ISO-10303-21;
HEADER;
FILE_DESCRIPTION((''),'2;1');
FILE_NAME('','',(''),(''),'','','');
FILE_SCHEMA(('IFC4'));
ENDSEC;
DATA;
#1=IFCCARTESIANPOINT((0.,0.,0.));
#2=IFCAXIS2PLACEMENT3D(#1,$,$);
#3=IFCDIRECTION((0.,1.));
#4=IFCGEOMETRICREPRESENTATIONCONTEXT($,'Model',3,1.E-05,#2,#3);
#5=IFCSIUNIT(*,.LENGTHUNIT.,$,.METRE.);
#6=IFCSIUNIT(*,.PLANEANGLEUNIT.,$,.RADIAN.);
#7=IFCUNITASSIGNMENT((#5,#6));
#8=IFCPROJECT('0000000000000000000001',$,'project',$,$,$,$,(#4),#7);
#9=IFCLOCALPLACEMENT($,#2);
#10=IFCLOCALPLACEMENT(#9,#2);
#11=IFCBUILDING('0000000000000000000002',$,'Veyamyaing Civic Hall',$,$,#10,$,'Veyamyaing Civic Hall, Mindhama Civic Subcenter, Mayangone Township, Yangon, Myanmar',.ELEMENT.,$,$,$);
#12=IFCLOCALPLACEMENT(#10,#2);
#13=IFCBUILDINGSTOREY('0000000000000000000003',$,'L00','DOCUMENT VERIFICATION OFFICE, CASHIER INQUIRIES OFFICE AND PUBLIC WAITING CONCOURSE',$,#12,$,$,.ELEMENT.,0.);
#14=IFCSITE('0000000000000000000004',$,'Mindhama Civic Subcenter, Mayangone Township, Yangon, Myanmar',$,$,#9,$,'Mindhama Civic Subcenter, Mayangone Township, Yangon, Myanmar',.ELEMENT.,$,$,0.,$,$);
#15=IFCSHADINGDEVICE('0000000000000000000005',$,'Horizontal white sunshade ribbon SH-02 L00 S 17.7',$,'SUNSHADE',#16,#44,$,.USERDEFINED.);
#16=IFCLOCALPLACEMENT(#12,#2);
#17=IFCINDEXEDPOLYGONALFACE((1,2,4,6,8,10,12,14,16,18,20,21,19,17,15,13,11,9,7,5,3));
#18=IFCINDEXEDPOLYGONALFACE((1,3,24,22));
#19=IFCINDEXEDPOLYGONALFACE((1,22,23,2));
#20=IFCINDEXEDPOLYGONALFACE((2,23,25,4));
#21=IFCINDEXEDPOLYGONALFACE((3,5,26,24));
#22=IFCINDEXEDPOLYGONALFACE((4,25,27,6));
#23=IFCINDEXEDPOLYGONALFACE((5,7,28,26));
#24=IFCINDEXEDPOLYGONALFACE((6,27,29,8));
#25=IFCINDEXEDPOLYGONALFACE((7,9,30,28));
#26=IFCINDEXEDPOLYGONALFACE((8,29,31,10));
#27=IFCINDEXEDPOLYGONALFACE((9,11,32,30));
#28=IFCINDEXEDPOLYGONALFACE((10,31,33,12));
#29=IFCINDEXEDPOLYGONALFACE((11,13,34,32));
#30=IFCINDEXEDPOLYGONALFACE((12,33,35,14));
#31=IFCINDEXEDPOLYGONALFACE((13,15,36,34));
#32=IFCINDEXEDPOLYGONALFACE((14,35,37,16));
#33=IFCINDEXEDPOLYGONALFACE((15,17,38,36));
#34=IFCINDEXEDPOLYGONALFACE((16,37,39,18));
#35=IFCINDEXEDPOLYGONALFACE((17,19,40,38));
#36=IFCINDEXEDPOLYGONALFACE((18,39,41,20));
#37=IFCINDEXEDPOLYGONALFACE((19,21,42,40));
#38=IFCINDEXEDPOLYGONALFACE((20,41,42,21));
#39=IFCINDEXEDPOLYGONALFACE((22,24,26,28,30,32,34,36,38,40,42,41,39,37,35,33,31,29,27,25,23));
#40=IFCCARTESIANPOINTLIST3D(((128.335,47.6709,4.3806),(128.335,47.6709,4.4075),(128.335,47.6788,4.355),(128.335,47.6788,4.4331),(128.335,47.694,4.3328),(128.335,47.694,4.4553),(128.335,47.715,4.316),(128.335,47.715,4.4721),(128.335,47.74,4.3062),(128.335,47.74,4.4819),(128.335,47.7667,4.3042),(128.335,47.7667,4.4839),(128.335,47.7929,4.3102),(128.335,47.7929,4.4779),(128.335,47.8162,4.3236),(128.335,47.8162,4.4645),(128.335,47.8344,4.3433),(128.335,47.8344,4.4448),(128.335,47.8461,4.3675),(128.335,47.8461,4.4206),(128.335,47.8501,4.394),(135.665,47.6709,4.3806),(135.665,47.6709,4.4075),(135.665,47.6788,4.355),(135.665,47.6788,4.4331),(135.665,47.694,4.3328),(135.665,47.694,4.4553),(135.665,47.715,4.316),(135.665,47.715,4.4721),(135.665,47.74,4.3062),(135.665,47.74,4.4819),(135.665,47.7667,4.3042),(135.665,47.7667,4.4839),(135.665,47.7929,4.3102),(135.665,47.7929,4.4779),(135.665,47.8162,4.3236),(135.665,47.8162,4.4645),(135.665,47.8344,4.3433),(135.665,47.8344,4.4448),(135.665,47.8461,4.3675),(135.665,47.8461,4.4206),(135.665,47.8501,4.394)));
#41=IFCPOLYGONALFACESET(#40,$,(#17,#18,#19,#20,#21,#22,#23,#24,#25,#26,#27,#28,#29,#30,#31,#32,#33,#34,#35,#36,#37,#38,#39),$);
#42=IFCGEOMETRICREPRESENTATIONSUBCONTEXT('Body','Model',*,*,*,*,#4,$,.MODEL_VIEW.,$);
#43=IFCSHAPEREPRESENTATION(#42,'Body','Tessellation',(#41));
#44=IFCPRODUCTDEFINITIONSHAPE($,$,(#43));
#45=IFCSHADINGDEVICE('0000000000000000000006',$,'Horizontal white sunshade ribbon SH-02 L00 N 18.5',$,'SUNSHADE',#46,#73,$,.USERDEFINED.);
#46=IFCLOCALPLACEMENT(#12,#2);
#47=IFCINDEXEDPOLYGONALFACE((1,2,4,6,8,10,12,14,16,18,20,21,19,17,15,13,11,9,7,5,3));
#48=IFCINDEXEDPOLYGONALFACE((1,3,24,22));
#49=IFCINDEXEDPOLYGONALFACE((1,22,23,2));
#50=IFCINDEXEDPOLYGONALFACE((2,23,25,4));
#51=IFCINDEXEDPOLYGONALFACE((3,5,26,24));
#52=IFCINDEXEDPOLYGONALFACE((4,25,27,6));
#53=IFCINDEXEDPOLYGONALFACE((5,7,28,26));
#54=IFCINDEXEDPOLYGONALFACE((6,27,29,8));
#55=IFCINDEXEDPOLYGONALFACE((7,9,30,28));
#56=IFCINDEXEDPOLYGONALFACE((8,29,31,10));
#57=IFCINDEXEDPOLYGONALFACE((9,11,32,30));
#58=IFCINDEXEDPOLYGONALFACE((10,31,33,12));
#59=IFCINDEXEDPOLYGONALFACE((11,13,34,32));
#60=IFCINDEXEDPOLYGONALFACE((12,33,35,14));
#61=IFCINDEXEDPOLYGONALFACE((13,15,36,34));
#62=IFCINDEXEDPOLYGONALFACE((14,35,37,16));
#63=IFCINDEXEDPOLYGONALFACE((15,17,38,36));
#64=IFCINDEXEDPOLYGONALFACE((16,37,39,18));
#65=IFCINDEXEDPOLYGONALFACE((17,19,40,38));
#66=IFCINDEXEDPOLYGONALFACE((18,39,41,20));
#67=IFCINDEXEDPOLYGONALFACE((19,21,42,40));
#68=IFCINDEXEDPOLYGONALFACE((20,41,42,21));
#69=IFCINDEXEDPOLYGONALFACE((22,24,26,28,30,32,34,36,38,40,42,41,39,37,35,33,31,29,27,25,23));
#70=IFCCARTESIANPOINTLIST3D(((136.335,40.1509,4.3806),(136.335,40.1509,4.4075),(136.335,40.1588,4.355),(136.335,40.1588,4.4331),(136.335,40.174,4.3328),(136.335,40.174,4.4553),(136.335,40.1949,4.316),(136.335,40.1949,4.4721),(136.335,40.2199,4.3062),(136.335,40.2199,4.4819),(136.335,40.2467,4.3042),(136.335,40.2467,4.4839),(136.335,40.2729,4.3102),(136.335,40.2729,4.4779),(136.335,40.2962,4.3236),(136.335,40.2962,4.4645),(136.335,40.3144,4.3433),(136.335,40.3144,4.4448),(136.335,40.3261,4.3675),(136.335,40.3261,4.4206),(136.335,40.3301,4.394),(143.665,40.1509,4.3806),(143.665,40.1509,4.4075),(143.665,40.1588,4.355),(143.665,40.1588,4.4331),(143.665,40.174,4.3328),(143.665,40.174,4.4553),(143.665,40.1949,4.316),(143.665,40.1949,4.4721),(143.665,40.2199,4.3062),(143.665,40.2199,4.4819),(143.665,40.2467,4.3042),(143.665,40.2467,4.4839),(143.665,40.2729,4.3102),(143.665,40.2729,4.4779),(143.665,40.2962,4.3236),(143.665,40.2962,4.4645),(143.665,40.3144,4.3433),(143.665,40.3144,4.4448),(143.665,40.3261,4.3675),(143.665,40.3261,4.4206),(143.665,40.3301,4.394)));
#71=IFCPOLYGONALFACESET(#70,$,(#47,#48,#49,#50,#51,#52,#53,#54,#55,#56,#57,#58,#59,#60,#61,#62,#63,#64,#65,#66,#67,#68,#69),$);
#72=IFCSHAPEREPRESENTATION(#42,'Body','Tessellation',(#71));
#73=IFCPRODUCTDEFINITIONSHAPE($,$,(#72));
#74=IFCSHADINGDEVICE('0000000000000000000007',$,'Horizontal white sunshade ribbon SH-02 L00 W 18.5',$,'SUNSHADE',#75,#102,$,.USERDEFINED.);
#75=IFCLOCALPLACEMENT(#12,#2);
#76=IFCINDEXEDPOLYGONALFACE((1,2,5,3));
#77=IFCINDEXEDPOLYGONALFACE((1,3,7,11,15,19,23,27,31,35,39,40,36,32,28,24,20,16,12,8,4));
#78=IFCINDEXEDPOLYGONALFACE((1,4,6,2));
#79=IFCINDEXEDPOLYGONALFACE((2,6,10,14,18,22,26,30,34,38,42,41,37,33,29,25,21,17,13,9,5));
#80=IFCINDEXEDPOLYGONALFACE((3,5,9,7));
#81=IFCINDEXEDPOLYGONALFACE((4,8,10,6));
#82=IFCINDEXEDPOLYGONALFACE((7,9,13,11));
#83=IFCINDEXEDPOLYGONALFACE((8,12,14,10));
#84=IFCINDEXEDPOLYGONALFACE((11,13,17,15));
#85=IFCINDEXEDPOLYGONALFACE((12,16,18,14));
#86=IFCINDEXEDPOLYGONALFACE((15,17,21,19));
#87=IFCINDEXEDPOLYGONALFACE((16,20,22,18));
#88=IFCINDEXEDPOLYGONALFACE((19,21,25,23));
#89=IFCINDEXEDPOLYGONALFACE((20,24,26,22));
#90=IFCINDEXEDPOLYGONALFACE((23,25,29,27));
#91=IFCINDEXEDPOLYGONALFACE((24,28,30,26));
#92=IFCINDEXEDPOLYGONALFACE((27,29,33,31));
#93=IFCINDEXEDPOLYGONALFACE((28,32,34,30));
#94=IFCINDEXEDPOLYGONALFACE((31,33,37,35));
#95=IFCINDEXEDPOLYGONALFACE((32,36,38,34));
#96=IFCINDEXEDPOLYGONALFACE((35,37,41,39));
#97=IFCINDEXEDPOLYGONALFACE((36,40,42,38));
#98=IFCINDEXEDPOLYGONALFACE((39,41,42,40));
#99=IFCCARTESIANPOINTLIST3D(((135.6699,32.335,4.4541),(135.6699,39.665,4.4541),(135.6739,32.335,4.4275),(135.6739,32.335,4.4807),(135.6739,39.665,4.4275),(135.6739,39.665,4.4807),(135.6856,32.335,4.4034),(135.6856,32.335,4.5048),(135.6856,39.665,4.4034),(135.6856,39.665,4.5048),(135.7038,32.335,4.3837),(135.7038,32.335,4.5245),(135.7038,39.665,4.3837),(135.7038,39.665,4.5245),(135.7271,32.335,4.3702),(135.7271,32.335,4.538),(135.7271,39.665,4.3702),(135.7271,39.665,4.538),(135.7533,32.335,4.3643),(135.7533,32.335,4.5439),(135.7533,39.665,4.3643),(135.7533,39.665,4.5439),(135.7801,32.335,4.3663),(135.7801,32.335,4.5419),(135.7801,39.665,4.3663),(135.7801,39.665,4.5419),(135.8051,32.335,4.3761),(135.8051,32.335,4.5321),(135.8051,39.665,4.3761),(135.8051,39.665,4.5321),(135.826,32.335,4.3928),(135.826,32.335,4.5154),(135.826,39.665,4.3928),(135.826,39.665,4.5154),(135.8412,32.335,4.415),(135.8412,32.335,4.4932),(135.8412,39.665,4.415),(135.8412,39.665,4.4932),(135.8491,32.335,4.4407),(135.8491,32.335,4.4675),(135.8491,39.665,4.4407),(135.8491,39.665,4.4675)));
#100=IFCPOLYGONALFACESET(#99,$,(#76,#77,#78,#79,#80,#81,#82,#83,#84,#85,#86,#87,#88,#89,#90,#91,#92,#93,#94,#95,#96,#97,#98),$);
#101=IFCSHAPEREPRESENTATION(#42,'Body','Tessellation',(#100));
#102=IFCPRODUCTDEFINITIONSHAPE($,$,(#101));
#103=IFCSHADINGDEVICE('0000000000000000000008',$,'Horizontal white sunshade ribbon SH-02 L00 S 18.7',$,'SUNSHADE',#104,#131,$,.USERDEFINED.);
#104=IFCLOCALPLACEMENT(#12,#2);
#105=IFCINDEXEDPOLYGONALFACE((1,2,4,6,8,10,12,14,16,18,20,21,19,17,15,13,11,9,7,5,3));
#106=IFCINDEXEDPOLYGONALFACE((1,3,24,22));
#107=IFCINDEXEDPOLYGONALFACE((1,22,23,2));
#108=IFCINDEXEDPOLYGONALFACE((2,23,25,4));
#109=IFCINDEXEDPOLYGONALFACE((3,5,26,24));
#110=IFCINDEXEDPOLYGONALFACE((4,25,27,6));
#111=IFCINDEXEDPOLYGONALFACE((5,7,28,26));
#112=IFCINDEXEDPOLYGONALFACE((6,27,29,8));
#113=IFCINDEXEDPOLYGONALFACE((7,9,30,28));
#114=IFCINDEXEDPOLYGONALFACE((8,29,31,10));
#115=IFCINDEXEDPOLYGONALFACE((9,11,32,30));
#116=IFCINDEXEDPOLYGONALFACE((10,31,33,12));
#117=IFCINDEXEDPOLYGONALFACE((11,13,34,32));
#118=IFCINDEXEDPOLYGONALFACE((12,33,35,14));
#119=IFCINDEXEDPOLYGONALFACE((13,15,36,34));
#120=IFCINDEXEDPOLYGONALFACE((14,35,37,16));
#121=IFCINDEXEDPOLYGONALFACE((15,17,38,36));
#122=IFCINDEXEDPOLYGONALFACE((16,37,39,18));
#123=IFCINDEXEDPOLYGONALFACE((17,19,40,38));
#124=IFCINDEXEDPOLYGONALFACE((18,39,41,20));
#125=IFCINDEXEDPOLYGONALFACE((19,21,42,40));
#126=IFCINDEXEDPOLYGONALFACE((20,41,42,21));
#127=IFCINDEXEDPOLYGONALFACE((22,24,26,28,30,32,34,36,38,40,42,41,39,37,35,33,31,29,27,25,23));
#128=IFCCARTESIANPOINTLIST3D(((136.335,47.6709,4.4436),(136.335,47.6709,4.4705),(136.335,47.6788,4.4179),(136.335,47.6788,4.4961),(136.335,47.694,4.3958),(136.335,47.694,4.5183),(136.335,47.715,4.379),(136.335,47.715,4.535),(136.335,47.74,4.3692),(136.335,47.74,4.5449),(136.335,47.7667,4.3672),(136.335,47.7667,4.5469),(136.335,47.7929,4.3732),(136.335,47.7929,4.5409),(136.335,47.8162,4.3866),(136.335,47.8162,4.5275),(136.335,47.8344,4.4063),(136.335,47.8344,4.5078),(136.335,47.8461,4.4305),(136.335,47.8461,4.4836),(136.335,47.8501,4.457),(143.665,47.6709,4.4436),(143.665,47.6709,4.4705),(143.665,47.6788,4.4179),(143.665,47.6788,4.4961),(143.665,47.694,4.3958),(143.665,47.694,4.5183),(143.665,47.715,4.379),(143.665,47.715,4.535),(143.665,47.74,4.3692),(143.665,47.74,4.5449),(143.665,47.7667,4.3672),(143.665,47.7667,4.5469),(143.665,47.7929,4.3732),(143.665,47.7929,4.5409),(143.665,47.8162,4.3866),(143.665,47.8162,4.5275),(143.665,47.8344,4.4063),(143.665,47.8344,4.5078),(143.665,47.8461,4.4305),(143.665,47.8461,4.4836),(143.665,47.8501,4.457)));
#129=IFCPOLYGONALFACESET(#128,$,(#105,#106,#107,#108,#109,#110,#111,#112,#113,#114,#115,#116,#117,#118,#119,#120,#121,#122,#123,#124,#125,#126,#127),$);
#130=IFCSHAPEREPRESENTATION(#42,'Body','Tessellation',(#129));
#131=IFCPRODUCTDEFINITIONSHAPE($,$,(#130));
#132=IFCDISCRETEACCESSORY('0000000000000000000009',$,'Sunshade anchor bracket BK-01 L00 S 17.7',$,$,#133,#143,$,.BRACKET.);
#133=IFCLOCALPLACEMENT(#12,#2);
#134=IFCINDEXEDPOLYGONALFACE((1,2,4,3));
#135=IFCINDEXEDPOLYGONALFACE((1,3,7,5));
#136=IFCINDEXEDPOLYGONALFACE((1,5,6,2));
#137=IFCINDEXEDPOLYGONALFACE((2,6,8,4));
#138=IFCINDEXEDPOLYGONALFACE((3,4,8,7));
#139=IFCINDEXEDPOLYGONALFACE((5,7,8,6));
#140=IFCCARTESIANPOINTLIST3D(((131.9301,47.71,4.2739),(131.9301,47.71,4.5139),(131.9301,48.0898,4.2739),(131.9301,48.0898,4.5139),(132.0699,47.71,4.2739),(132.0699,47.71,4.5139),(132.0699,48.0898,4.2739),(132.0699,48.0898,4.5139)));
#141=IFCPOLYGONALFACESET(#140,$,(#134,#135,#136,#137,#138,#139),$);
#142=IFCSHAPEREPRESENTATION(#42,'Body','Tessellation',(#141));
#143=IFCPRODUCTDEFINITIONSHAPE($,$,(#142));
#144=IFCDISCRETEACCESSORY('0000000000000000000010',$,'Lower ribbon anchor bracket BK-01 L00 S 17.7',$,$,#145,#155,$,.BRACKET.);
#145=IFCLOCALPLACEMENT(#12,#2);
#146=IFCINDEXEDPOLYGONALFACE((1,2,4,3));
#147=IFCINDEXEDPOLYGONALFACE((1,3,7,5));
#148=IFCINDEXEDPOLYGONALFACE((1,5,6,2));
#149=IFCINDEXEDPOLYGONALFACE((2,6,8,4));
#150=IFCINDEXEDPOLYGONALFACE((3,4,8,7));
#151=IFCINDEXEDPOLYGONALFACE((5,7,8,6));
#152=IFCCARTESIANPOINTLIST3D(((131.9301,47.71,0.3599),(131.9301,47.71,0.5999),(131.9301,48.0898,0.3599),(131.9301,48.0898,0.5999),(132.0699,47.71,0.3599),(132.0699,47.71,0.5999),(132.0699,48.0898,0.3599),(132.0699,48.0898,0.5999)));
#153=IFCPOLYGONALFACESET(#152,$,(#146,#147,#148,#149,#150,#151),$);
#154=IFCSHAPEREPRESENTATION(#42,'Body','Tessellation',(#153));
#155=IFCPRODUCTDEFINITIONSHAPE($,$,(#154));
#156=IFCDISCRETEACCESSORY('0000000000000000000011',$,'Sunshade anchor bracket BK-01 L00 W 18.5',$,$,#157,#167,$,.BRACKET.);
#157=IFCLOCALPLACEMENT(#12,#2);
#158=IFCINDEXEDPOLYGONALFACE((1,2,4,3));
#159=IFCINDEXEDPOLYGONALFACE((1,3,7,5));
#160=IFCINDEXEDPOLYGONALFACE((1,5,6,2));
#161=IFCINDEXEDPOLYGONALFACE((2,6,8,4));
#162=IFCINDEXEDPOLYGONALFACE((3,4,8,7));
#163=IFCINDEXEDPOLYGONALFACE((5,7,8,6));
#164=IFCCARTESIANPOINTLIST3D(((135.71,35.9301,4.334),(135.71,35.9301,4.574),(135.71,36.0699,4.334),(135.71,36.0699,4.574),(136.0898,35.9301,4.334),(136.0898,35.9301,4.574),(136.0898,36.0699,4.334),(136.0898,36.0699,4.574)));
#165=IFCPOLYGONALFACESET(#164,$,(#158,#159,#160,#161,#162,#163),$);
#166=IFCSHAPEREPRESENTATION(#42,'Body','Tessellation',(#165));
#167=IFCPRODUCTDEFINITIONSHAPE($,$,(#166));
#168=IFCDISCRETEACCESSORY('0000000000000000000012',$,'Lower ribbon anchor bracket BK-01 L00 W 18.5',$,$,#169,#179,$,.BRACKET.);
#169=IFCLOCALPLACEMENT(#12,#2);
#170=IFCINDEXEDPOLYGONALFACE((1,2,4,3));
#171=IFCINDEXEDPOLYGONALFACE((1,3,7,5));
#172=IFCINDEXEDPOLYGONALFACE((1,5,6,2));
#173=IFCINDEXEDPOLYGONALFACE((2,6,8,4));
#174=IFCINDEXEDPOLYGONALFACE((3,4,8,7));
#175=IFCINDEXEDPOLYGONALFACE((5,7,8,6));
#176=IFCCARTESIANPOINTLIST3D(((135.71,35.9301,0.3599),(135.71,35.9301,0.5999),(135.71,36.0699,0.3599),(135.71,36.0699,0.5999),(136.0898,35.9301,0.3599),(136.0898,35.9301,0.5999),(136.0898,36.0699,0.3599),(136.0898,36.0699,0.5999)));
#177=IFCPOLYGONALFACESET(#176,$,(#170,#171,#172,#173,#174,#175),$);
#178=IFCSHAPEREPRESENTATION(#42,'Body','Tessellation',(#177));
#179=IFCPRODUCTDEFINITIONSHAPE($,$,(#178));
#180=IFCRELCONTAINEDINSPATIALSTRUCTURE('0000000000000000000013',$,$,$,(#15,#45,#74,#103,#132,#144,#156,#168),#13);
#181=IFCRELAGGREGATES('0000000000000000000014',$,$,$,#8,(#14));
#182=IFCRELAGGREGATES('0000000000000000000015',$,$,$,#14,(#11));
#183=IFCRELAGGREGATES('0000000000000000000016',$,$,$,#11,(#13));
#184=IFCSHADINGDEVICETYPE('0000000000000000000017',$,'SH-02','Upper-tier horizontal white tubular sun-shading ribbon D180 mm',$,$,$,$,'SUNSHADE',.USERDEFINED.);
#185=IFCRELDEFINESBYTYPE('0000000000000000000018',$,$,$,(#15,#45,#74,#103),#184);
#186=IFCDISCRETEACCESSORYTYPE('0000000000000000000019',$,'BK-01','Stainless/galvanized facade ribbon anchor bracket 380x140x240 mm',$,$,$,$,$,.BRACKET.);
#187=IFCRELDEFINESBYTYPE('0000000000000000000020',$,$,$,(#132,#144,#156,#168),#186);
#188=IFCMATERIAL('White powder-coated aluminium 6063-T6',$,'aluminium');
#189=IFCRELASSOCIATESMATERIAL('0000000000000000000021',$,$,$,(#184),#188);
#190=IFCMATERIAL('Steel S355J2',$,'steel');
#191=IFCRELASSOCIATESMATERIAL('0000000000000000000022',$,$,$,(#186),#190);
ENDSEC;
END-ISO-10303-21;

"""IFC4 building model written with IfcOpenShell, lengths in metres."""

from ifc_helpers import new_model, si_unit, direction, frame, origin, origin_2d, place, context, subcontext, project, spatial, rectangle, circle, extrude, material, material_profile, profile_set, type_object, element, save


model = new_model("IFC4")

# Units and contexts
model_context = context("Model", 3, precision=1e-05, world=origin(), true_north=direction((0.0, 1.0)))
body_context = subcontext(model_context, "Body", "Model", "MODEL_VIEW")
ifc_project = project(units=[si_unit("LENGTHUNIT", "METRE"), si_unit("PLANEANGLEUNIT", "RADIAN")], contexts=[model_context])

# Site, building, storey
site_placement = place(None, origin())
site = spatial("IfcSite", under=ifc_project, at=site_placement, Name="Mindhama Civic Subcenter, Mayangone Township, Yangon, Myanmar", LongName="Mindhama Civic Subcenter, Mayangone Township, Yangon, Myanmar", CompositionType="ELEMENT", RefElevation=0.0)
building_placement = place(site_placement, origin())
building = spatial("IfcBuilding", under=site, at=building_placement, Name="Veyamyaing Civic Hall", LongName="Veyamyaing Civic Hall, Mindhama Civic Subcenter, Mayangone Township, Yangon, Myanmar", CompositionType="ELEMENT")
storey_placement = place(building_placement, origin())
storey = spatial("IfcBuildingStorey", under=building, at=storey_placement, Name="L00", Description="DOCUMENT VERIFICATION OFFICE, CASHIER INQUIRIES OFFICE AND PUBLIC WAITING CONCOURSE", CompositionType="ELEMENT", Elevation=0.0)

# Shared definitions
ifc_material_1 = material(Name="White powder-coated aluminium 6063-T6", Category="aluminium")

# Shading devices
ifc_material_profile_1 = material_profile(ifc_material_1, circle(Radius=0.0901, at=origin_2d()), Name="SHADE-TUBE-180")
ifc_profile_set_1 = profile_set([ifc_material_profile_1], Name="White powder-coated aluminium 6063-T6")
shading_device_type = type_object("IfcShadingDeviceType", Name="SH-02", Description="Upper-tier horizontal white tubular sun-shading ribbon D180 mm", ElementType="SUNSHADE", PredefinedType="USERDEFINED", material=ifc_profile_set_1)
for number, where, z_axis, x_axis, name in (
    (1, (128.335, 47.76, 4.394), (1.0, 0.0, 0.0), (0.0, 1.0, 0.0), "Horizontal white sunshade ribbon SH-02 L00 S 17.7"),
    (2, (136.335, 40.24, 4.394), (1.0, 0.0, 0.0), (0.0, 1.0, 0.0), "Horizontal white sunshade ribbon SH-02 L00 N 18.5"),
    (3, (135.76, 32.335, 4.4541), (0.0, 1.0, 0.0), (-1.0, 0.0, 0.0), "Horizontal white sunshade ribbon SH-02 L00 W 18.5"),
    (4, (136.335, 47.76, 4.457), (1.0, 0.0, 0.0), (0.0, 1.0, 0.0), "Horizontal white sunshade ribbon SH-02 L00 S 18.7"),
):
    element("IfcShadingDevice", number, at=place(storey_placement, frame(where, z_axis=z_axis, x_axis=x_axis)), inside=storey, type_object=shading_device_type, Name=name, ObjectType="SUNSHADE", PredefinedType="USERDEFINED", context=body_context, shape_type="SweptSolid", body=[
        extrude(circle(Radius=0.0901, at=origin_2d()), origin(), (0.0, 0.0, 1.0), 7.3301),
    ])

# Discrete accessories
ifc_material_2 = material(Name="Steel S355J2", Category="steel")
discrete_accessory_type = type_object("IfcDiscreteAccessoryType", Name="BK-01", Description="Stainless/galvanized facade ribbon anchor bracket 380x140x240 mm", PredefinedType="BRACKET", material=ifc_material_2)
for number, where, z_axis, x_axis, name in (
    (5, (132.0, 47.8999, 4.2739), (0.0, 0.0, 1.0), (0.0, -1.0, 0.0), "Sunshade anchor bracket BK-01 L00 S 17.7"),
    (6, (132.0, 47.8999, 0.3599), (0.0, 0.0, 1.0), (0.0, -1.0, 0.0), "Lower ribbon anchor bracket BK-01 L00 S 17.7"),
    (7, (135.8999, 36.0, 4.334), (0.0, 0.0, 1.0), (-1.0, 0.0, 0.0), "Sunshade anchor bracket BK-01 L00 W 18.5"),
    (8, (135.8999, 36.0, 0.3599), (0.0, 0.0, 1.0), (-1.0, 0.0, 0.0), "Lower ribbon anchor bracket BK-01 L00 W 18.5"),
):
    element("IfcDiscreteAccessory", number, at=place(storey_placement, frame(where, z_axis=z_axis, x_axis=x_axis)), inside=storey, type_object=discrete_accessory_type, Name=name, PredefinedType="BRACKET", context=body_context, shape_type="SweptSolid", body=[
        extrude(rectangle(XDim=0.3799, YDim=0.1399, at=origin_2d()), origin(), (0.0, 0.0, 1.0), 0.24),
    ])

save(model, "model.ifc")
